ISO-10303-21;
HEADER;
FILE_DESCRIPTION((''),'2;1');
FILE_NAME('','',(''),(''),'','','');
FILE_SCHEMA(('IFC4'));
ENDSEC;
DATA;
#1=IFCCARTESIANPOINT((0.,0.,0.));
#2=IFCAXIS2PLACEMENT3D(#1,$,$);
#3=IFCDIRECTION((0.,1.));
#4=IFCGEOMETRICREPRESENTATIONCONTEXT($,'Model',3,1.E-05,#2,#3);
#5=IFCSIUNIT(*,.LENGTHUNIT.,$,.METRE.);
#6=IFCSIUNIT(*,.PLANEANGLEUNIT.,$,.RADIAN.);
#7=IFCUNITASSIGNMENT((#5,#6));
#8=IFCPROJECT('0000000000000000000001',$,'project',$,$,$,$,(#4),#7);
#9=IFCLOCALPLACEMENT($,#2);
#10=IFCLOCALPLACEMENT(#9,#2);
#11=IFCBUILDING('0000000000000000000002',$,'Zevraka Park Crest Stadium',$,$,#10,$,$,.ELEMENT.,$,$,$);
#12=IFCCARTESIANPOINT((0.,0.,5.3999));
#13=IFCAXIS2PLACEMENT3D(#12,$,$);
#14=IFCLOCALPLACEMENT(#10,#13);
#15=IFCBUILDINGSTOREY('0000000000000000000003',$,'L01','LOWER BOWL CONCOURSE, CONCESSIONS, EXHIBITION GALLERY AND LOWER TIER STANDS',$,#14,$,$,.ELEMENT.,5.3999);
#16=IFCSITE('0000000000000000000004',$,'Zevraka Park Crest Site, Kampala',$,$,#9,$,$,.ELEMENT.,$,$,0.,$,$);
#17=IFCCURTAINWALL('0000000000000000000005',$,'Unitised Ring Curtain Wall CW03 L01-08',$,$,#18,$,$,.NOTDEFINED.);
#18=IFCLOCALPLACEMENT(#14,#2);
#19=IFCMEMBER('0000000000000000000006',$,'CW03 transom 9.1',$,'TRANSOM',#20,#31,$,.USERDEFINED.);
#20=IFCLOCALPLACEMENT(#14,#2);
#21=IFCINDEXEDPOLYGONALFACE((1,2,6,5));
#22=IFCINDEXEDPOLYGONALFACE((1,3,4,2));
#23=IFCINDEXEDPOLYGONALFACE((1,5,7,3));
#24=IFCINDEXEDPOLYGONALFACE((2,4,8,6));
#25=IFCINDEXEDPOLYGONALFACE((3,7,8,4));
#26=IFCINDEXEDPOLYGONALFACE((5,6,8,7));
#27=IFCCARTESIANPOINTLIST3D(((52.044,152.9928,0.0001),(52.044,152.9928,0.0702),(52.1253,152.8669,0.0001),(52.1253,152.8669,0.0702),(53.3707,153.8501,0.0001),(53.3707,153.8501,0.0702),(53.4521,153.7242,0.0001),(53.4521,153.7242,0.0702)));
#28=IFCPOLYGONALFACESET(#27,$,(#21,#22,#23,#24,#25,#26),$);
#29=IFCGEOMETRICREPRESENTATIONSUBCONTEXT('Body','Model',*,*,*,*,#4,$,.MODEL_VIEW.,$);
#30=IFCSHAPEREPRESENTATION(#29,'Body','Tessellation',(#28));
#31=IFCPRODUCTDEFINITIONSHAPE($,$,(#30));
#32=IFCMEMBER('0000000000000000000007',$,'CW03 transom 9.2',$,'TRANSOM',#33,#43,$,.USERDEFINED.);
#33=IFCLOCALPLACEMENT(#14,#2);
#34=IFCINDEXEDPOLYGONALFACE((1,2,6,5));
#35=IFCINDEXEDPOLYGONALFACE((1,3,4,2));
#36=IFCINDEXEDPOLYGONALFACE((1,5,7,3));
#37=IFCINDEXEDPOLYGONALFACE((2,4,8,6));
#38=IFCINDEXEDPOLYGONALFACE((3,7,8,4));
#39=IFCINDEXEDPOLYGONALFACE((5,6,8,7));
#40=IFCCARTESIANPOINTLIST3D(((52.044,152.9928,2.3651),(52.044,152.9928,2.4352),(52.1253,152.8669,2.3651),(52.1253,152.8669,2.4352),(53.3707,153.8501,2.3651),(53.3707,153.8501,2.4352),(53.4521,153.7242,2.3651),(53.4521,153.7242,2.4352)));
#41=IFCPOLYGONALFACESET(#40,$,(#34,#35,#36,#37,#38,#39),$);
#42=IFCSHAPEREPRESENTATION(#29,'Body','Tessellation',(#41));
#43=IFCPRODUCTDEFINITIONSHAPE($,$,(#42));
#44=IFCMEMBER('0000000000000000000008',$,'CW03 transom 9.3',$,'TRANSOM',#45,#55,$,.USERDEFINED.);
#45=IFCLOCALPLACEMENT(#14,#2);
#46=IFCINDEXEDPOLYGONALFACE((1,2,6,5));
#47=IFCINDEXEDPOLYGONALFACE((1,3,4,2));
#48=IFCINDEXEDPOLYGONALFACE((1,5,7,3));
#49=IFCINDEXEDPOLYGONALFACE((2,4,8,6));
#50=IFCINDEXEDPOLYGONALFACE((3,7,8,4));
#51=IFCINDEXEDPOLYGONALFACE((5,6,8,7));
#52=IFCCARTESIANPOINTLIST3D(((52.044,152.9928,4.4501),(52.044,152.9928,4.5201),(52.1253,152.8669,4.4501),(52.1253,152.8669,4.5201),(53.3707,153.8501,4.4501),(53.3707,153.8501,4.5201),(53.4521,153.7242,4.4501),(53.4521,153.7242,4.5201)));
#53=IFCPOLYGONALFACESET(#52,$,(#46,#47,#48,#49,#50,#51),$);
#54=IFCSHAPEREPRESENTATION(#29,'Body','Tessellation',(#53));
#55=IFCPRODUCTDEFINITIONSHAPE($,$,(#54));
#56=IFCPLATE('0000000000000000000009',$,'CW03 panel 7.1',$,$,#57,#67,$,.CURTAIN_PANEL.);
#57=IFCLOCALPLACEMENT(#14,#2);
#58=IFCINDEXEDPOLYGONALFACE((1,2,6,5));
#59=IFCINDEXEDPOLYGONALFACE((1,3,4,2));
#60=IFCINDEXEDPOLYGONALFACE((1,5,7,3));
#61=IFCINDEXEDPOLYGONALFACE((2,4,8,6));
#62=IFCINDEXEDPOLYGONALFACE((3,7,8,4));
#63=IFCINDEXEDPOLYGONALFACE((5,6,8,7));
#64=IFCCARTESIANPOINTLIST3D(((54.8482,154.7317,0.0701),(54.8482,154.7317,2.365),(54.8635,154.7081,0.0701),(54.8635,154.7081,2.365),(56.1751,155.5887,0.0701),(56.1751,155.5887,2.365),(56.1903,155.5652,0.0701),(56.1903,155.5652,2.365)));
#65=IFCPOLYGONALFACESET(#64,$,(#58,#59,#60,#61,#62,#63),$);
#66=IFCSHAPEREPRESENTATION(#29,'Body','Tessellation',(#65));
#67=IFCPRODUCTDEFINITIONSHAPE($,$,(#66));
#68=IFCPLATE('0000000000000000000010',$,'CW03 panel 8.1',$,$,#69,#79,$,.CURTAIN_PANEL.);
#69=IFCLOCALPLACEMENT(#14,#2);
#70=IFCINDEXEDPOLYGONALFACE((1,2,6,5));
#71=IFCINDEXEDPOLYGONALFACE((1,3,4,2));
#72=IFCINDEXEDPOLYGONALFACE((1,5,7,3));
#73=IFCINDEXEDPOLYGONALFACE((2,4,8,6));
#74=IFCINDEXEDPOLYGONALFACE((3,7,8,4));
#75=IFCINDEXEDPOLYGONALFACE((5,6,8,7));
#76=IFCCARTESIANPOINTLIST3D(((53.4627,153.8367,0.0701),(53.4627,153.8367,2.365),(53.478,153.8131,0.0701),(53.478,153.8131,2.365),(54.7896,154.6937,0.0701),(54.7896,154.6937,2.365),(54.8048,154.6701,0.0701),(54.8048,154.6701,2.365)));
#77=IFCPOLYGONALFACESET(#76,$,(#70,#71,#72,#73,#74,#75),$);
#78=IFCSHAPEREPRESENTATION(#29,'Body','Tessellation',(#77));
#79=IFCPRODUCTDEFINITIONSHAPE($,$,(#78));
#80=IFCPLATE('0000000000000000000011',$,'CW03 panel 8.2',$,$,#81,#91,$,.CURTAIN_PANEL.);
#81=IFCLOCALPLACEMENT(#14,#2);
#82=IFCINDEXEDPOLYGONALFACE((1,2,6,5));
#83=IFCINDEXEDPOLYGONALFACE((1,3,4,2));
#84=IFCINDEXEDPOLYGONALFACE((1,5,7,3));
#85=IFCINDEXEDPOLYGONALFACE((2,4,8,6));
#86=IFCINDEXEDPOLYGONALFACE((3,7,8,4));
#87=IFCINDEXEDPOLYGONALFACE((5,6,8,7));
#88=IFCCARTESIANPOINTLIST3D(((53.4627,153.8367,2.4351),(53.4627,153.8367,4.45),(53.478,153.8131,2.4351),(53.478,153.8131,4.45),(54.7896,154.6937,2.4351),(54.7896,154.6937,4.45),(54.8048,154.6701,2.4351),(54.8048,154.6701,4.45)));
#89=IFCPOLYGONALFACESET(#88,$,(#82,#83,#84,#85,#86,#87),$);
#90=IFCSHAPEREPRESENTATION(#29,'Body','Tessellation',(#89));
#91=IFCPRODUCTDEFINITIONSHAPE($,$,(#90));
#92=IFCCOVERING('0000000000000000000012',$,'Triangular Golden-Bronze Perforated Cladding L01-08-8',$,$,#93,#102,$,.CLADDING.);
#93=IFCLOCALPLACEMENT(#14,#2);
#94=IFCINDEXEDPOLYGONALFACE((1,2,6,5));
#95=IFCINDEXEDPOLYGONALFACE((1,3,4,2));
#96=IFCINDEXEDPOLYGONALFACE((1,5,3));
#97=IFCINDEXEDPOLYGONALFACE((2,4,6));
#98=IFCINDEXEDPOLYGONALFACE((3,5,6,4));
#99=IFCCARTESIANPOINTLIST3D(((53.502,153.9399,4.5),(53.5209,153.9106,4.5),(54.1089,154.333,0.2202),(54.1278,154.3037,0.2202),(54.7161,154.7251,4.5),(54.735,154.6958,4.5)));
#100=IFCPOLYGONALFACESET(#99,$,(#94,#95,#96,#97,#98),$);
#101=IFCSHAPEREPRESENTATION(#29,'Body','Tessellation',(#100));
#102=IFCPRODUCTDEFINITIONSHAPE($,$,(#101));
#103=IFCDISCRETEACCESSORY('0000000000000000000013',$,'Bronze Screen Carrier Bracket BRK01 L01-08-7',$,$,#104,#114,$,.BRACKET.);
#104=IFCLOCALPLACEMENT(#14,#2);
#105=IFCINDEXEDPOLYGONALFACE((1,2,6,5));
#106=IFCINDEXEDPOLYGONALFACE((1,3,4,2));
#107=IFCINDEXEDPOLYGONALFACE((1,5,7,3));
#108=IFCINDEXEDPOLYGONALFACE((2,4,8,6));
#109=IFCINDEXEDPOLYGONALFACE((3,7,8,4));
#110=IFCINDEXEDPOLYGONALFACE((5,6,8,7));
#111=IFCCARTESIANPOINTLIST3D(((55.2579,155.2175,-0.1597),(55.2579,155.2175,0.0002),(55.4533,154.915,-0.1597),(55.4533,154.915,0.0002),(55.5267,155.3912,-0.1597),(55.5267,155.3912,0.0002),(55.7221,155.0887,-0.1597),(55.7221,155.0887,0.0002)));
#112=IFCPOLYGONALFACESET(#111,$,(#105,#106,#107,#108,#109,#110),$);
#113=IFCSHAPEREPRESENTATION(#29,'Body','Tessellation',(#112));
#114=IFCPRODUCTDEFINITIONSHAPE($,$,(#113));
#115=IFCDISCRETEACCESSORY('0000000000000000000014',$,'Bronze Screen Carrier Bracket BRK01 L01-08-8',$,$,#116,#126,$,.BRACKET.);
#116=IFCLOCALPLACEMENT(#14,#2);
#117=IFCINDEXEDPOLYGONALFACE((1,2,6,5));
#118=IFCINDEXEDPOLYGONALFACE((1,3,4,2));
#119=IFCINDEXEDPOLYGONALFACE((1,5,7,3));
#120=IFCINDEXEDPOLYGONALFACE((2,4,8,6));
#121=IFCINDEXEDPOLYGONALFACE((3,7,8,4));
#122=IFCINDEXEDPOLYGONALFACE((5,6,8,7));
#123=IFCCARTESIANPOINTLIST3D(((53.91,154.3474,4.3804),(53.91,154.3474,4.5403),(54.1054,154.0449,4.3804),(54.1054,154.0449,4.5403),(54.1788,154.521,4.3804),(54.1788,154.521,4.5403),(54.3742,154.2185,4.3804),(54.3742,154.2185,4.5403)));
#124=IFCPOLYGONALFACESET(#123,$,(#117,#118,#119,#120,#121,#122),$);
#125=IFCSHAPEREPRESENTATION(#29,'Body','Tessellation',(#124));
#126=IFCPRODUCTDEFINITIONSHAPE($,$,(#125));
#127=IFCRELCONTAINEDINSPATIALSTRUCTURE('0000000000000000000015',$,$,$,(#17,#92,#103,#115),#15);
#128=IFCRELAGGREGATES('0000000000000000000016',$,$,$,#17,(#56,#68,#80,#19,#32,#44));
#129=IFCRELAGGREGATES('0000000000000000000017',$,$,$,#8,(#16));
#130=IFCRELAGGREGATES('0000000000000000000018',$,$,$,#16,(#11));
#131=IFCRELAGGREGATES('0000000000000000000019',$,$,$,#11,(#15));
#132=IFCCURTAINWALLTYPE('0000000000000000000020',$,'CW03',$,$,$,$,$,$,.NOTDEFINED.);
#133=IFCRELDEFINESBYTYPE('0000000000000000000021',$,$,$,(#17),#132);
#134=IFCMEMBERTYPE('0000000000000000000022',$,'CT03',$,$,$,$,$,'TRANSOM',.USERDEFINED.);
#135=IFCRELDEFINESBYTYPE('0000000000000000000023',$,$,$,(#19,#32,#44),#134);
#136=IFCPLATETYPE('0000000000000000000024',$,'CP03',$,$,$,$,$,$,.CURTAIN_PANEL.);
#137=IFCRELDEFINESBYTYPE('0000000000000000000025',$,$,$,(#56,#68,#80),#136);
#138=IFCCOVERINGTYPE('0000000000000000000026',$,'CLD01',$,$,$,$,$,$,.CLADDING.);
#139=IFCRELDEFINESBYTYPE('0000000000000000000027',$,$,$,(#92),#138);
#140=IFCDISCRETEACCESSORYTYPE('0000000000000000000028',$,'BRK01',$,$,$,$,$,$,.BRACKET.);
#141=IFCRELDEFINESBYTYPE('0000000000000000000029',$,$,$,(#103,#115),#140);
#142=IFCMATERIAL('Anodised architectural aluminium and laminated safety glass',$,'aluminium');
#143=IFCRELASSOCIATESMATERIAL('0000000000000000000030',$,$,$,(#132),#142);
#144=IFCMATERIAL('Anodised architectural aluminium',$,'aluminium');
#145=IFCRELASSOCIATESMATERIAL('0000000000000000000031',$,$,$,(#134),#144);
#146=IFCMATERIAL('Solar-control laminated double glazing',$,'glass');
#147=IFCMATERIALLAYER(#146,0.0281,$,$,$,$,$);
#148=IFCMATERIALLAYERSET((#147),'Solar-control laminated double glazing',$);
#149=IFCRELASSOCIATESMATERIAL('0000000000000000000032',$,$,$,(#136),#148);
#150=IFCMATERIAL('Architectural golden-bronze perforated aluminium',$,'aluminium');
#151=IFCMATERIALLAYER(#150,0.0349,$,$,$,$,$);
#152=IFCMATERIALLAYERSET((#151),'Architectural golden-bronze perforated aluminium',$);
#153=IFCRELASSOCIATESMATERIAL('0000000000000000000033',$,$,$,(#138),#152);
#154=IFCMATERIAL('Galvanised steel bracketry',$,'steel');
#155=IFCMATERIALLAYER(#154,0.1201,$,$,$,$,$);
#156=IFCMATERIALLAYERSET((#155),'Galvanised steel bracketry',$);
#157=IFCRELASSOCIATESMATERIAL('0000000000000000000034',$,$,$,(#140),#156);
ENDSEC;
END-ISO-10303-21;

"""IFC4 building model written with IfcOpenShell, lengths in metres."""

from ifc_helpers import new_model, si_unit, direction, frame, origin, origin_2d, place, context, subcontext, project, spatial, polyline, rectangle, outline, extrude, material, layer, layer_set, material_profile, profile_set, type_object, element, aggregate, save


model = new_model("IFC4")

# Units and contexts
model_context = context("Model", 3, precision=1e-05, world=origin(), true_north=direction((0.0, 1.0)))
body_context = subcontext(model_context, "Body", "Model", "MODEL_VIEW")
ifc_project = project(units=[si_unit("LENGTHUNIT", "METRE"), si_unit("PLANEANGLEUNIT", "RADIAN")], contexts=[model_context])

# Site, building, storey
site_placement = place(None, origin())
site = spatial("IfcSite", under=ifc_project, at=site_placement, Name="Zevraka Park Crest Site, Kampala", CompositionType="ELEMENT", RefElevation=0.0)
building_placement = place(site_placement, origin())
building = spatial("IfcBuilding", under=site, at=building_placement, Name="Zevraka Park Crest Stadium", CompositionType="ELEMENT")
storey_placement = place(building_placement, frame((0.0, 0.0, 5.3999)))
storey = spatial("IfcBuildingStorey", under=building, at=storey_placement, Name="L01", Description="LOWER BOWL CONCOURSE, CONCESSIONS, EXHIBITION GALLERY AND LOWER TIER STANDS", CompositionType="ELEMENT", Elevation=5.3999)

# Curtain wall
ifc_material_1 = material(Name="Anodised architectural aluminium and laminated safety glass", Category="aluminium")
curtain_wall_type_1 = type_object("IfcCurtainWallType", Name="CW03", PredefinedType="NOTDEFINED", material=ifc_material_1)
curtain_wall_1_placement = place(storey_placement, origin())
curtain_wall_1 = element("IfcCurtainWall", 1, at=curtain_wall_1_placement, inside=storey, type_object=curtain_wall_type_1, Name="Unitised Ring Curtain Wall CW03 L01-08", PredefinedType="NOTDEFINED")

# Members
ifc_material_2 = material(Name="Anodised architectural aluminium", Category="aluminium")
ifc_material_profile_1 = material_profile(ifc_material_2, rectangle(XDim=0.1499, YDim=0.0701, at=origin_2d()), Name="ALU TRANSOM 150x70")
ifc_profile_set_1 = profile_set([ifc_material_profile_1], Name="Anodised architectural aluminium")
member_type_1 = type_object("IfcMemberType", Name="CT03", ElementType="TRANSOM", PredefinedType="USERDEFINED", material=ifc_profile_set_1)
member_1_placement = place(storey_placement, frame((53.4114, 153.7871, 0.0352), z_axis=(-0.839931, -0.542694, 0.0), x_axis=(0.542694, -0.839931, 0.0)))
member_1 = element("IfcMember", 2, at=member_1_placement, type_object=member_type_1, Name="CW03 transom 9.1", ObjectType="TRANSOM", PredefinedType="USERDEFINED", context=body_context, shape_type="SweptSolid", body=[
    extrude(rectangle(XDim=0.1499, YDim=0.0701, at=origin_2d()), origin(), (0.0, 0.0, 1.0), 1.5796),
])
member_2_placement = place(storey_placement, frame((53.4114, 153.7871, 2.4001), z_axis=(-0.839931, -0.542694, 0.0), x_axis=(0.542694, -0.839931, 0.0)))
member_2 = element("IfcMember", 3, at=member_2_placement, type_object=member_type_1, Name="CW03 transom 9.2", ObjectType="TRANSOM", PredefinedType="USERDEFINED", context=body_context, shape_type="SweptSolid", body=[
    extrude(rectangle(XDim=0.1499, YDim=0.0701, at=origin_2d()), origin(), (0.0, 0.0, 1.0), 1.5796),
])
member_3_placement = place(storey_placement, frame((53.4114, 153.7871, 4.4851), z_axis=(-0.839931, -0.542694, 0.0), x_axis=(0.542694, -0.839931, 0.0)))
member_3 = element("IfcMember", 4, at=member_3_placement, type_object=member_type_1, Name="CW03 transom 9.3", ObjectType="TRANSOM", PredefinedType="USERDEFINED", context=body_context, shape_type="SweptSolid", body=[
    extrude(rectangle(XDim=0.1499, YDim=0.0701, at=origin_2d()), origin(), (0.0, 0.0, 1.0), 1.5796),
])

# Plates
ifc_material_3 = material(Name="Solar-control laminated double glazing", Category="glass")
ifc_layer_1 = layer(ifc_material_3, 0.0281)
ifc_layer_set_1 = layer_set([ifc_layer_1], Name="Solar-control laminated double glazing")
plate_type = type_object("IfcPlateType", Name="CP03", PredefinedType="CURTAIN_PANEL", material=ifc_layer_set_1)
plate_1_placement = place(storey_placement, frame((55.5193, 155.1484, 0.0701), z_axis=(0.0, 0.0, 1.0), x_axis=(-0.84001, -0.542571, 0.0)))
plate_1 = element("IfcPlate", 5, at=plate_1_placement, type_object=plate_type, Name="CW03 panel 7.1", PredefinedType="CURTAIN_PANEL", context=body_context, shape_type="SweptSolid", body=[
    extrude(rectangle(XDim=1.5796, YDim=0.0281, at=origin_2d()), origin(), (0.0, 0.0, 1.0), 2.2949),
])
plate_2_placement = place(storey_placement, frame((54.1338, 154.2534, 0.0701), z_axis=(0.0, 0.0, 1.0), x_axis=(-0.84001, -0.542571, 0.0)))
plate_2 = element("IfcPlate", 6, at=plate_2_placement, type_object=plate_type, Name="CW03 panel 8.1", PredefinedType="CURTAIN_PANEL", context=body_context, shape_type="SweptSolid", body=[
    extrude(rectangle(XDim=1.5796, YDim=0.0281, at=origin_2d()), origin(), (0.0, 0.0, 1.0), 2.2949),
])
plate_3_placement = place(storey_placement, frame((54.1338, 154.2534, 2.4351), z_axis=(0.0, 0.0, 1.0), x_axis=(-0.84001, -0.542571, 0.0)))
plate_3 = element("IfcPlate", 7, at=plate_3_placement, type_object=plate_type, Name="CW03 panel 8.2", PredefinedType="CURTAIN_PANEL", context=body_context, shape_type="SweptSolid", body=[
    extrude(rectangle(XDim=1.5796, YDim=0.0281, at=origin_2d()), origin(), (0.0, 0.0, 1.0), 2.0149),
])
aggregate(curtain_wall_1, [plate_1, plate_2, plate_3, member_1, member_2, member_3])

# Covering
ifc_material_4 = material(Name="Architectural golden-bronze perforated aluminium", Category="aluminium")
ifc_layer_2 = layer(ifc_material_4, 0.0349)
ifc_layer_set_2 = layer_set([ifc_layer_2], Name="Architectural golden-bronze perforated aluminium")
covering_type = type_object("IfcCoveringType", Name="CLD01", PredefinedType="CLADDING", material=ifc_layer_set_2)
covering_placement = place(storey_placement, frame((53.502, 153.9399, 4.5), z_axis=(-0.543034, 0.839711, 0.000111), x_axis=(0.839711, 0.543034, 0.0)))
element("IfcCovering", 8, at=covering_placement, inside=storey, type_object=covering_type, Name="Triangular Golden-Bronze Perforated Cladding L01-08-8", PredefinedType="CLADDING", context=body_context, shape_type="SweptSolid", body=[
    extrude(outline(polyline([(0.0, 0.0), (1.4459, 0.0), (0.7231, 4.2798), (0.0, 0.0)])), origin(), (0.0, 0.0, -1.0), 0.0349),
])

# Discrete accessories
ifc_material_5 = material(Name="Galvanised steel bracketry", Category="steel")
ifc_layer_3 = layer(ifc_material_5, 0.1201)
ifc_layer_set_3 = layer_set([ifc_layer_3], Name="Galvanised steel bracketry")
discrete_accessory_type = type_object("IfcDiscreteAccessoryType", Name="BRK01", PredefinedType="BRACKET", material=ifc_layer_set_3)
for number, where, z_axis, x_axis, name in (
    (9, (55.49, 155.1531, -0.1597), (0.0, 0.0, 1.0), (-0.839999, -0.542588, 0.0), "Bronze Screen Carrier Bracket BRK01 L01-08-7"),
    (10, (54.1421, 154.283, 4.3804), (0.0, 0.0, 1.0), (-0.839999, -0.542588, 0.0), "Bronze Screen Carrier Bracket BRK01 L01-08-8"),
):
    element("IfcDiscreteAccessory", number, at=place(storey_placement, frame(where, z_axis=z_axis, x_axis=x_axis)), inside=storey, type_object=discrete_accessory_type, Name=name, PredefinedType="BRACKET", context=body_context, shape_type="SweptSolid", body=[
        extrude(rectangle(XDim=0.3201, YDim=0.3601, at=origin_2d()), origin(), (0.0, 0.0, 1.0), 0.1599),
    ])

save(model, "model.ifc")
